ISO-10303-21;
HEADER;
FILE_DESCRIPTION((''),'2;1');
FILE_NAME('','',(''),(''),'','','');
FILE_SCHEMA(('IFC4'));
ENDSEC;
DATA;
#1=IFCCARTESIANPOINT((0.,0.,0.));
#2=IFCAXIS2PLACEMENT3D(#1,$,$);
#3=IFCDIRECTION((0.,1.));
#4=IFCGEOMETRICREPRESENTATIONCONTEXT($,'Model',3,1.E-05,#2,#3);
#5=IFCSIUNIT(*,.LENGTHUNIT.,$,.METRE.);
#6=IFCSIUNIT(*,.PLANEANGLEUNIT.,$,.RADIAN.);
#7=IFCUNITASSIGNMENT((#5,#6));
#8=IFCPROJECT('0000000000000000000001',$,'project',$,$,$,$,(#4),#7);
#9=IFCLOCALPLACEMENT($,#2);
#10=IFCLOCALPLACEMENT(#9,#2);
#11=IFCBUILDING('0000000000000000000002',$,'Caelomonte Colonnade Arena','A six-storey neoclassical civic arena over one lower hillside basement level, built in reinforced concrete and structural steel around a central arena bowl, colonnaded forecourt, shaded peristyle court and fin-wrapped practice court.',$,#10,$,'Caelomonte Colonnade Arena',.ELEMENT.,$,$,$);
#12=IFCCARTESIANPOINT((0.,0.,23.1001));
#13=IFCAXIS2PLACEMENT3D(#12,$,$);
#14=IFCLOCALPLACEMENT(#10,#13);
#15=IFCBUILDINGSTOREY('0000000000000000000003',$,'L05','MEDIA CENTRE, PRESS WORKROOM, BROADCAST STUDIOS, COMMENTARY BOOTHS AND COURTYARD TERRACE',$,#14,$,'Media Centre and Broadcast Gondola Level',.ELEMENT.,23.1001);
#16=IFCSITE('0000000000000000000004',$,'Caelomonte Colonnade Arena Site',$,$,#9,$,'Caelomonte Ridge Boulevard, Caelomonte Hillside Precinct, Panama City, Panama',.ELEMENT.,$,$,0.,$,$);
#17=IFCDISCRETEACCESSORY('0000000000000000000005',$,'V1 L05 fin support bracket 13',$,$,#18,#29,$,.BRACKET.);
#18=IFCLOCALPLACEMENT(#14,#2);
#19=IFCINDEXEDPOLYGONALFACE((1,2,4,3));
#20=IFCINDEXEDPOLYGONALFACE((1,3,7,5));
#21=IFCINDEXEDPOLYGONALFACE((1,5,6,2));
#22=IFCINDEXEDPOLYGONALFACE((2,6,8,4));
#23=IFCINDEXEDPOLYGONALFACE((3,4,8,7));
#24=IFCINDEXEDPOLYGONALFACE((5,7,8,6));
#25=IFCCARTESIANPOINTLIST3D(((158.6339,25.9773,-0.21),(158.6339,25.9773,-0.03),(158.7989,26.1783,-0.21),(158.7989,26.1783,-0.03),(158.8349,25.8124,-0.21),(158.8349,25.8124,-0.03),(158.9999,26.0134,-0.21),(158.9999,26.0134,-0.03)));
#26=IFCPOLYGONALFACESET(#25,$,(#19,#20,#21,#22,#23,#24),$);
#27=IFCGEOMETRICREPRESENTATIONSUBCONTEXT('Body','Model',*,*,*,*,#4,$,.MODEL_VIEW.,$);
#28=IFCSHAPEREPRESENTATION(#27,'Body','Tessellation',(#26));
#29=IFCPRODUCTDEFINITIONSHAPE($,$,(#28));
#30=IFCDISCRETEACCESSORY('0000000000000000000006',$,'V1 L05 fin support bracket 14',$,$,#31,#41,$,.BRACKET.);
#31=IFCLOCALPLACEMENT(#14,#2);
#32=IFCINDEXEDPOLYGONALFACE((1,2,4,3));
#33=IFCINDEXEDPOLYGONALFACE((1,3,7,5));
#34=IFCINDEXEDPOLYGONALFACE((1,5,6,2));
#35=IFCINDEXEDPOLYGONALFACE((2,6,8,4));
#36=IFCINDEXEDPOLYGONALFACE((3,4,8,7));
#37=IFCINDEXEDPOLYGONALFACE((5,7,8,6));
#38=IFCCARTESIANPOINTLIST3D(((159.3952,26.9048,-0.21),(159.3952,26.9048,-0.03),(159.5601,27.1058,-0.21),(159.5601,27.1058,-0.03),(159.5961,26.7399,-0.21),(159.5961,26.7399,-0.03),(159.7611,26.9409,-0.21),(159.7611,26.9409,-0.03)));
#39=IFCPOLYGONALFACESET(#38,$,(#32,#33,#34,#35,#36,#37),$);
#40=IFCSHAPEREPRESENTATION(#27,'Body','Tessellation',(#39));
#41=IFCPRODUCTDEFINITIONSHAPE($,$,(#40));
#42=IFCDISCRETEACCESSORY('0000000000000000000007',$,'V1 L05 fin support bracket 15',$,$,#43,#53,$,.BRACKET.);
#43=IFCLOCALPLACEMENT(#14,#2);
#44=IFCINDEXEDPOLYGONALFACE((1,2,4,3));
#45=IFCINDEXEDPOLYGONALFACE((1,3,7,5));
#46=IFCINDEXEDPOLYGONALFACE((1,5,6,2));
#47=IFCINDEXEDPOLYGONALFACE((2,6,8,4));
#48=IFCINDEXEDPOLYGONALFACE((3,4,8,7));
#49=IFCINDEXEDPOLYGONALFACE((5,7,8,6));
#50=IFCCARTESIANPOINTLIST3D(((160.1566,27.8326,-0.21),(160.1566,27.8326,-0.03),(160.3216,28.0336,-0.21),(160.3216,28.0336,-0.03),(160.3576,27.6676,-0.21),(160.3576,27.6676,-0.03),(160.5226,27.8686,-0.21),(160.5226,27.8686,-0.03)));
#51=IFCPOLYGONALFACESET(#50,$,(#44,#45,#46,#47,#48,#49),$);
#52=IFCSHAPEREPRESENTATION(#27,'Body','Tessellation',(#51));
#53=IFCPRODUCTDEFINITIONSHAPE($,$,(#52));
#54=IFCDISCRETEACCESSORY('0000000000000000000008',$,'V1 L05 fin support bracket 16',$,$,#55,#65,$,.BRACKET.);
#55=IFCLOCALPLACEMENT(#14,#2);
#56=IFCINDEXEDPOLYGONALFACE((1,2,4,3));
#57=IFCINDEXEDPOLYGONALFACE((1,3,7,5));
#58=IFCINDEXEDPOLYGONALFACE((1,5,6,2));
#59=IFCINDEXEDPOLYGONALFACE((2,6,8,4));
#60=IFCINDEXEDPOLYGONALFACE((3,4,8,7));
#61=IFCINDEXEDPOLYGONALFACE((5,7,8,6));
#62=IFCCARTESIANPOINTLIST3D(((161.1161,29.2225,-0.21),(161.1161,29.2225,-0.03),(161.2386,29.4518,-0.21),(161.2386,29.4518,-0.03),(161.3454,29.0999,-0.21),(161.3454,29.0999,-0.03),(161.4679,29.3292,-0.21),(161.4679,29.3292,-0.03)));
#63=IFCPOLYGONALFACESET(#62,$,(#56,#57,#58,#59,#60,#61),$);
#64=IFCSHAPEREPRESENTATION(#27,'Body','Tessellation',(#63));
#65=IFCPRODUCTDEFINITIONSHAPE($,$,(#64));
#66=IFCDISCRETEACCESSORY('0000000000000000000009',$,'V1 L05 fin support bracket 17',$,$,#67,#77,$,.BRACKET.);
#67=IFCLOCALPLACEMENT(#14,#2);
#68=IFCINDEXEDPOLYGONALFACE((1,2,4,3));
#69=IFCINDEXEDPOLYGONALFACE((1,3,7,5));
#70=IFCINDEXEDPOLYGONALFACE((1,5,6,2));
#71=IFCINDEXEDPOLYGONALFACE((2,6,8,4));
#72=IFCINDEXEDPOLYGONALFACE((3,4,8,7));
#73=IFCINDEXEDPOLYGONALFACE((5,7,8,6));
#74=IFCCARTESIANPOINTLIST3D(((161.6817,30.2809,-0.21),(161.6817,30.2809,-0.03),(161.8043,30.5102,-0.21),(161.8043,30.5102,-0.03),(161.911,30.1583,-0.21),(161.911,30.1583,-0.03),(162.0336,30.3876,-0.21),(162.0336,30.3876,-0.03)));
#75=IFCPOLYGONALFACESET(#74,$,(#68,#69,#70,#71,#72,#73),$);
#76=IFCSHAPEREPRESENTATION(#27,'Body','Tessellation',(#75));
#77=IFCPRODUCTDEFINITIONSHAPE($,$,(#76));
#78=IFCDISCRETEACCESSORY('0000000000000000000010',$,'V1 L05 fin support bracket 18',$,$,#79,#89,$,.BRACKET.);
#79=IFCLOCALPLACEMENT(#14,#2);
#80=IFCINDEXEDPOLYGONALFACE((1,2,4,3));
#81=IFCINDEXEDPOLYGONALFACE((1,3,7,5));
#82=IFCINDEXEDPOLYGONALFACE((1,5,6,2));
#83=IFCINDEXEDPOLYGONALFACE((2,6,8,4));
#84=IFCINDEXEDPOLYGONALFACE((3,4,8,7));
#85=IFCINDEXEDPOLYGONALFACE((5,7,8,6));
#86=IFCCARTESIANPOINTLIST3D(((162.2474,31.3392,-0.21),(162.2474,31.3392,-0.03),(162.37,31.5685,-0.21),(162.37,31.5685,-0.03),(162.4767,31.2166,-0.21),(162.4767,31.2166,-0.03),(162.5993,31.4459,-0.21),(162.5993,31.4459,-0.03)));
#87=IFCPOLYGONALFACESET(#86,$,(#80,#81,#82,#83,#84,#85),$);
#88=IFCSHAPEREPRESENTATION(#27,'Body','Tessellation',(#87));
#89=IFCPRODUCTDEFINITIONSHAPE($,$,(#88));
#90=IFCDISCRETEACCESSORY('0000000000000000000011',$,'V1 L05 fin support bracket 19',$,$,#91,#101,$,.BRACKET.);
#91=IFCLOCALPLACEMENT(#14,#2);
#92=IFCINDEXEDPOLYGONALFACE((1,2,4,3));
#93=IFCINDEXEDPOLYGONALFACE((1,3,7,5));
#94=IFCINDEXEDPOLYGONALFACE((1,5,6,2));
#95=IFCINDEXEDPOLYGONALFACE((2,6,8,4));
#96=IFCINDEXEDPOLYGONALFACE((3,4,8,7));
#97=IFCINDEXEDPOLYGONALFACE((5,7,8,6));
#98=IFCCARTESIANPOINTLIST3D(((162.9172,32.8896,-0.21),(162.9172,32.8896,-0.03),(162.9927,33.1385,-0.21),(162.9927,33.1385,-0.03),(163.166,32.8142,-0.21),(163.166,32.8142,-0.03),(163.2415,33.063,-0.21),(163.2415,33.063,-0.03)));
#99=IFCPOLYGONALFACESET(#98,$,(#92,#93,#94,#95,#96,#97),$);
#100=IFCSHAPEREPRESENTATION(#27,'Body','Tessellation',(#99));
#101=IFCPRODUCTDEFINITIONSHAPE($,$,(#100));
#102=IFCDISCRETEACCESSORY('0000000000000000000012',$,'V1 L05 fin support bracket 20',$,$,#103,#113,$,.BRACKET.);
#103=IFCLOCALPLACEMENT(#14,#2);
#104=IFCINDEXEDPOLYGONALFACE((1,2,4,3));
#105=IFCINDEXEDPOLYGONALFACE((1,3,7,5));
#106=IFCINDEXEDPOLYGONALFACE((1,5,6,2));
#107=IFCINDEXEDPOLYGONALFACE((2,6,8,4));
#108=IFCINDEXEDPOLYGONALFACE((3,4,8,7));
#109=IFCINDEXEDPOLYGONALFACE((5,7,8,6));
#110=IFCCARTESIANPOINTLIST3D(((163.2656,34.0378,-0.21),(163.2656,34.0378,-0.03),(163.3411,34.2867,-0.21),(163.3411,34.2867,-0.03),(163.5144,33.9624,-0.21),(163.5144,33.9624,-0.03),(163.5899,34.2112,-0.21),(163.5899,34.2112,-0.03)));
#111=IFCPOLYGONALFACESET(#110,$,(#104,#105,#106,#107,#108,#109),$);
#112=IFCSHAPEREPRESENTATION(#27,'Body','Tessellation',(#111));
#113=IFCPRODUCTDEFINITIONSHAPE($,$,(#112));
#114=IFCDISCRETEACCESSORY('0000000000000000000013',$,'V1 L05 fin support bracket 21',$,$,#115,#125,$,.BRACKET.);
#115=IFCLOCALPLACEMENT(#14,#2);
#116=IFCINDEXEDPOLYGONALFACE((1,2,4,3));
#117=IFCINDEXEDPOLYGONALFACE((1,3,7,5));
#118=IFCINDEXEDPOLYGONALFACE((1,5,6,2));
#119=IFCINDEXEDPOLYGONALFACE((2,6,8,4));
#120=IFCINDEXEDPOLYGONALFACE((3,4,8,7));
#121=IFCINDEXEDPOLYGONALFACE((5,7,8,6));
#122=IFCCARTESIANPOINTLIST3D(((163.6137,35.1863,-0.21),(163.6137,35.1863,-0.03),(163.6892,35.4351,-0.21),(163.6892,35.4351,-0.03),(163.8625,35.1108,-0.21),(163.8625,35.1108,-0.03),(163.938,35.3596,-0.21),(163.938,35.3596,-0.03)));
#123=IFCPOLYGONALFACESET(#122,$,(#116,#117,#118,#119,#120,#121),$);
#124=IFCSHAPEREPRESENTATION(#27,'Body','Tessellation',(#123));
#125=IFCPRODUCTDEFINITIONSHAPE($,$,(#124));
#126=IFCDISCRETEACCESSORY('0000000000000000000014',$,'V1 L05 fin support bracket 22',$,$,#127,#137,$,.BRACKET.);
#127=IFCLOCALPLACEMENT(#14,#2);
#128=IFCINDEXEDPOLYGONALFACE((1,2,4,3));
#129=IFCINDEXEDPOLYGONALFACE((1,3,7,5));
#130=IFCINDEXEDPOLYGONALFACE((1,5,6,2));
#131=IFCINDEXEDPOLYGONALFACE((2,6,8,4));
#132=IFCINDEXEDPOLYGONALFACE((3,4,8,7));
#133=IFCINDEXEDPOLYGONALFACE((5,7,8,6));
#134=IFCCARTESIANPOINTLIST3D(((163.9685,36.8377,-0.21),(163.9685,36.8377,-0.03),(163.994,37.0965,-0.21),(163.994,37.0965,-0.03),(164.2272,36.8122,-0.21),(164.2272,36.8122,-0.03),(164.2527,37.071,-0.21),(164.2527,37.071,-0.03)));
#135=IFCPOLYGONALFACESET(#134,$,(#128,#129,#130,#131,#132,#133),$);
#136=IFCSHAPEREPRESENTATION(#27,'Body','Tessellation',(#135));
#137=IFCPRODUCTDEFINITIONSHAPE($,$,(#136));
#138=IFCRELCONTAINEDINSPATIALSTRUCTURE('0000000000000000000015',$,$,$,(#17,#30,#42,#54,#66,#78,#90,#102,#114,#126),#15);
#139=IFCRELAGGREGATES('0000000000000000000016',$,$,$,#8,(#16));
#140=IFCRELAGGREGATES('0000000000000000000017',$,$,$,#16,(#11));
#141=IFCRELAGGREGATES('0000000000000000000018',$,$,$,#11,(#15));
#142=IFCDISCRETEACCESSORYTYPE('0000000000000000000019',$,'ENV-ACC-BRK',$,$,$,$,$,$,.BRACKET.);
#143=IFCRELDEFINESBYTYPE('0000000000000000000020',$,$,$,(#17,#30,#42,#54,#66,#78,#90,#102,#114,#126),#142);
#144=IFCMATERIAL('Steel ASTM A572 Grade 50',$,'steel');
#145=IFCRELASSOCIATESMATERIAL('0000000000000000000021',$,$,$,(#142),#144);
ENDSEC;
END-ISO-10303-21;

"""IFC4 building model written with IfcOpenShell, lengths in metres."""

from ifc_helpers import new_model, si_unit, direction, frame, origin, origin_2d, place, context, subcontext, project, spatial, rectangle, extrude, material, type_object, element, save


model = new_model("IFC4")

# Units and contexts
model_context = context("Model", 3, precision=1e-05, world=origin(), true_north=direction((0.0, 1.0)))
body_context = subcontext(model_context, "Body", "Model", "MODEL_VIEW")
ifc_project = project(units=[si_unit("LENGTHUNIT", "METRE"), si_unit("PLANEANGLEUNIT", "RADIAN")], contexts=[model_context])

# Site, building, storey
site_placement = place(None, origin())
site = spatial("IfcSite", under=ifc_project, at=site_placement, Name="Caelomonte Colonnade Arena Site", LongName="Caelomonte Ridge Boulevard, Caelomonte Hillside Precinct, Panama City, Panama", CompositionType="ELEMENT", RefElevation=0.0)
building_placement = place(site_placement, origin())
building = spatial("IfcBuilding", under=site, at=building_placement, Name="Caelomonte Colonnade Arena", Description="A six-storey neoclassical civic arena over one lower hillside basement level, built in reinforced concrete and structural steel around a central arena bowl, colonnaded forecourt, shaded peristyle court and fin-wrapped practice court.", LongName="Caelomonte Colonnade Arena", CompositionType="ELEMENT")
storey_placement = place(building_placement, frame((0.0, 0.0, 23.1001)))
storey = spatial("IfcBuildingStorey", under=building, at=storey_placement, Name="L05", Description="MEDIA CENTRE, PRESS WORKROOM, BROADCAST STUDIOS, COMMENTARY BOOTHS AND COURTYARD TERRACE", LongName="Media Centre and Broadcast Gondola Level", CompositionType="ELEMENT", Elevation=23.1001)

# Discrete accessories
ifc_material_1 = material(Name="Steel ASTM A572 Grade 50", Category="steel")
discrete_accessory_type = type_object("IfcDiscreteAccessoryType", Name="ENV-ACC-BRK", PredefinedType="BRACKET", material=ifc_material_1)
for number, where, z_axis, x_axis, name in (
    (1, (158.8169, 25.9954, -0.21), (0.0, 0.0, 1.0), (0.634414, 0.772994, 0.0), "V1 L05 fin support bracket 13"),
    (2, (159.5781, 26.9229, -0.21), (0.0, 0.0, 1.0), (0.634414, 0.772994, 0.0), "V1 L05 fin support bracket 14"),
    (3, (160.3396, 27.8506, -0.21), (0.0, 0.0, 1.0), (0.634414, 0.772994, 0.0), "V1 L05 fin support bracket 15"),
    (4, (161.292, 29.2759, -0.21), (0.0, 0.0, 1.0), (0.471397, 0.881921, 0.0), "V1 L05 fin support bracket 16"),
    (5, (161.8577, 30.3342, -0.21), (0.0, 0.0, 1.0), (0.471397, 0.881921, 0.0), "V1 L05 fin support bracket 17"),
    (6, (162.4233, 31.3926, -0.21), (0.0, 0.0, 1.0), (0.471397, 0.881921, 0.0), "V1 L05 fin support bracket 18"),
    (7, (163.0793, 32.9763, -0.21), (0.0, 0.0, 1.0), (0.290276, 0.956943, 0.0), "V1 L05 fin support bracket 19"),
    (8, (163.4277, 34.1245, -0.21), (0.0, 0.0, 1.0), (0.290276, 0.956943, 0.0), "V1 L05 fin support bracket 20"),
    (9, (163.7759, 35.2729, -0.21), (0.0, 0.0, 1.0), (0.290276, 0.956943, 0.0), "V1 L05 fin support bracket 21"),
    (10, (164.1106, 36.9543, -0.21), (0.0, 0.0, 1.0), (0.098015, 0.995185, 0.0), "V1 L05 fin support bracket 22"),
):
    element("IfcDiscreteAccessory", number, at=place(storey_placement, frame(where, z_axis=z_axis, x_axis=x_axis)), inside=storey, type_object=discrete_accessory_type, Name=name, PredefinedType="BRACKET", context=body_context, shape_type="SweptSolid", body=[
        extrude(rectangle(XDim=0.26, YDim=0.26, at=origin_2d()), origin(), (0.0, 0.0, 1.0), 0.1799),
    ])

save(model, "model.ifc")
